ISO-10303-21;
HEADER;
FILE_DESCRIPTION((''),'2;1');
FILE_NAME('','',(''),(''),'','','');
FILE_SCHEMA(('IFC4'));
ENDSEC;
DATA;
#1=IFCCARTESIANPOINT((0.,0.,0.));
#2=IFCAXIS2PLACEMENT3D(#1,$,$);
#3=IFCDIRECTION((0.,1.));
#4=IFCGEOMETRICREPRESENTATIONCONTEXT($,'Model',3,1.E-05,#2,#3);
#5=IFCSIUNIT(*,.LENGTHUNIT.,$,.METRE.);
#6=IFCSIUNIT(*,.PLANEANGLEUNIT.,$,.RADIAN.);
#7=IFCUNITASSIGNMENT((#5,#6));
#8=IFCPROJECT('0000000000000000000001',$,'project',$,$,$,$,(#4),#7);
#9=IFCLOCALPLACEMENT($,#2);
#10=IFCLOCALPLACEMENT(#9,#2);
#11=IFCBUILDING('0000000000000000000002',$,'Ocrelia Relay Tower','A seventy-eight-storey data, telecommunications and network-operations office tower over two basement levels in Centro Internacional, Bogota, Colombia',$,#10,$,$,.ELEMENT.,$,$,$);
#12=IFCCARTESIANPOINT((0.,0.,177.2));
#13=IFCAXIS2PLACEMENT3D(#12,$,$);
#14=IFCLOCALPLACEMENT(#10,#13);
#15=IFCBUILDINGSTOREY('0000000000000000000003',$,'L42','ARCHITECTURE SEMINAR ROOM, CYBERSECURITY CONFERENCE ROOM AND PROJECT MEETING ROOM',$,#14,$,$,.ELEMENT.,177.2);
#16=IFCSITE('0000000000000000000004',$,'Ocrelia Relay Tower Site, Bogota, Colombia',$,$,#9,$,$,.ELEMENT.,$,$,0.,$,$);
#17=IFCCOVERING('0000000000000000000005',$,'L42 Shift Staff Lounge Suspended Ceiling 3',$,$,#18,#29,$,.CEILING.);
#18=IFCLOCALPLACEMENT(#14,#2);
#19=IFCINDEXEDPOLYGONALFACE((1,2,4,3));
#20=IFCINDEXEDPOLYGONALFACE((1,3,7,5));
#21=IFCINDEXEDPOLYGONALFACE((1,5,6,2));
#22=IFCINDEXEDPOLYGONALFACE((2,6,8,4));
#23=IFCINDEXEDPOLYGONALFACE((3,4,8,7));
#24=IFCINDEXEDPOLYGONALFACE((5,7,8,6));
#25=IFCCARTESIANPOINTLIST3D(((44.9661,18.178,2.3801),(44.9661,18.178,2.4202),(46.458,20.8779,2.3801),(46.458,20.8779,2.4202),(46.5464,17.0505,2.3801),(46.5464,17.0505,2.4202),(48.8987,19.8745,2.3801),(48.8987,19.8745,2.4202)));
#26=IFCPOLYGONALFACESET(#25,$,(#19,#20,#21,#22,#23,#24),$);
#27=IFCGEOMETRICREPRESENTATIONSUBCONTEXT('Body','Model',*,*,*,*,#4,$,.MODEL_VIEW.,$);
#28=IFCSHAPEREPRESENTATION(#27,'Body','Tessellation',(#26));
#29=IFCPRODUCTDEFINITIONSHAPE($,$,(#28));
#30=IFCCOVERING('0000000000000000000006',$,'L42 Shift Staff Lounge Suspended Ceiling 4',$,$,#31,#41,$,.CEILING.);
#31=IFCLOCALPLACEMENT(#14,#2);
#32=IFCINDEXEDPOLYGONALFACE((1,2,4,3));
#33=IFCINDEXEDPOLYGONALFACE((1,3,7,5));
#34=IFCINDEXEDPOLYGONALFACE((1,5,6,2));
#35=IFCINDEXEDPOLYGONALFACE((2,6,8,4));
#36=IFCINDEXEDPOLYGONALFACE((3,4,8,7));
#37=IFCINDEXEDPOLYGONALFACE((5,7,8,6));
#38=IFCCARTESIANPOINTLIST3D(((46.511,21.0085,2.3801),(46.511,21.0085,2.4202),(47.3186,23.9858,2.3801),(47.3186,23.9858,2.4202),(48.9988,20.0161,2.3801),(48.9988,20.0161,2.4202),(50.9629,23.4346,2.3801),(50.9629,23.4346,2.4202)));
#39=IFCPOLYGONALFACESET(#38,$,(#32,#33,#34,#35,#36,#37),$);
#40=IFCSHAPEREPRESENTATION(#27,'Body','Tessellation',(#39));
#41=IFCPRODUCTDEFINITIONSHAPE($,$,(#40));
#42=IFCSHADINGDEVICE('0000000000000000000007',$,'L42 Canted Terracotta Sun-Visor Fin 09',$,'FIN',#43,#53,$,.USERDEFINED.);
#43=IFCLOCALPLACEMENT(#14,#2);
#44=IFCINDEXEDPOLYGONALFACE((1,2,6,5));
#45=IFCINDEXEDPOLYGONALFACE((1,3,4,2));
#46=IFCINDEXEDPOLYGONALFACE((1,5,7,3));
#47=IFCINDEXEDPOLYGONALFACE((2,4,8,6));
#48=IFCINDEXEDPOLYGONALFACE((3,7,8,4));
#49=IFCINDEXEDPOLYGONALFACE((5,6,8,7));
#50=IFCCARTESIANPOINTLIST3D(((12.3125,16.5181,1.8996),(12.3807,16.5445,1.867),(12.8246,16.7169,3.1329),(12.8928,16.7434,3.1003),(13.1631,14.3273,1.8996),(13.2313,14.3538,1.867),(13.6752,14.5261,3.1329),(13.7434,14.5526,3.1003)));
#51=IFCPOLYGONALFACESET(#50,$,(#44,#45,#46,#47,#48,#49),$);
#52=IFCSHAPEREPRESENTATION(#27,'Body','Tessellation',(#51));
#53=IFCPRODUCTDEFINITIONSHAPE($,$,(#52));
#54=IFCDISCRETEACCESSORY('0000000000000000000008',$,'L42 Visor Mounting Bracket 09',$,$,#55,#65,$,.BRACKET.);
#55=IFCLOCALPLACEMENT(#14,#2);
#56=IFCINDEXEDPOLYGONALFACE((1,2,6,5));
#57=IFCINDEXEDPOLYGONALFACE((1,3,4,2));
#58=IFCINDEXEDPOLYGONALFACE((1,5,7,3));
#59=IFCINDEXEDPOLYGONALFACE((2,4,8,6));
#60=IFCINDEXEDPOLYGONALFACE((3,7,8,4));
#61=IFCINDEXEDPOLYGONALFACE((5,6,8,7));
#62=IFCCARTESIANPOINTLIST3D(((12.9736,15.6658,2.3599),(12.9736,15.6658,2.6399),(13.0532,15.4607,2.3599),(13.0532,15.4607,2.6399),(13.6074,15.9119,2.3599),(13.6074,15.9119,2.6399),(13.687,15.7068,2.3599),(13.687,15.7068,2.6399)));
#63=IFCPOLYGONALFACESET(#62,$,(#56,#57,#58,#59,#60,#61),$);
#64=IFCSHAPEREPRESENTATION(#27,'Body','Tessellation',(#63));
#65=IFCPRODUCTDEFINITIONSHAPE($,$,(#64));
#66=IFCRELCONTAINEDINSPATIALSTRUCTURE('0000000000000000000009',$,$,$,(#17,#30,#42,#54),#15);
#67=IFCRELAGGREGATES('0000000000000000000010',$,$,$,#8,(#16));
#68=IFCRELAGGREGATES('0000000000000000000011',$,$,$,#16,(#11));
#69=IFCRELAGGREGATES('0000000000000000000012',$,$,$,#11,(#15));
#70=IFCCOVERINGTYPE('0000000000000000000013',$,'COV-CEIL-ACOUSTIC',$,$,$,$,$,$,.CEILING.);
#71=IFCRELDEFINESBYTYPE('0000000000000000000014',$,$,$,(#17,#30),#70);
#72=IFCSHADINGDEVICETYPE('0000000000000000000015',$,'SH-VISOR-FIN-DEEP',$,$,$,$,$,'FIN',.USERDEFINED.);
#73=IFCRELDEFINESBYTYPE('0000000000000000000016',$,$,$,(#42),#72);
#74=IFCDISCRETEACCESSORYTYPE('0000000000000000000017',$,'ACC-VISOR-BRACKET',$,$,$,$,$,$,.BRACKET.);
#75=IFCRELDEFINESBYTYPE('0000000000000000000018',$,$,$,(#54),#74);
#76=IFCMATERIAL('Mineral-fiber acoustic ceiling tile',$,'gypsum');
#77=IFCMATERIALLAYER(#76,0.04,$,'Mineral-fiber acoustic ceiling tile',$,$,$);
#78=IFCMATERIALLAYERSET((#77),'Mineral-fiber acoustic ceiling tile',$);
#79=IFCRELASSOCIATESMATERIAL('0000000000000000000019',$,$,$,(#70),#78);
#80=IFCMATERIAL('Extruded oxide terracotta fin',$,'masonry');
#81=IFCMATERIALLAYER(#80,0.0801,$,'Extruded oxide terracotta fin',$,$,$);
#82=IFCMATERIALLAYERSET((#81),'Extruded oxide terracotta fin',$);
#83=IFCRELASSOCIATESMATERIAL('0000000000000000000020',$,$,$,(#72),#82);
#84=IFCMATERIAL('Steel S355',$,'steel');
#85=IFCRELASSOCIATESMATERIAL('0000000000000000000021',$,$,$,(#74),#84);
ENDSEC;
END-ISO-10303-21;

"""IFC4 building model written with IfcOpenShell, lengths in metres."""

from ifc_helpers import new_model, si_unit, direction, frame, origin, origin_2d, place, context, subcontext, project, spatial, polyline, rectangle, outline, extrude, material, layer, layer_set, type_object, element, save


model = new_model("IFC4")

# Units and contexts
model_context = context("Model", 3, precision=1e-05, world=origin(), true_north=direction((0.0, 1.0)))
body_context = subcontext(model_context, "Body", "Model", "MODEL_VIEW")
ifc_project = project(units=[si_unit("LENGTHUNIT", "METRE"), si_unit("PLANEANGLEUNIT", "RADIAN")], contexts=[model_context])

# Site, building, storey
site_placement = place(None, origin())
site = spatial("IfcSite", under=ifc_project, at=site_placement, Name="Ocrelia Relay Tower Site, Bogota, Colombia", CompositionType="ELEMENT", RefElevation=0.0)
building_placement = place(site_placement, origin())
building = spatial("IfcBuilding", under=site, at=building_placement, Name="Ocrelia Relay Tower", Description="A seventy-eight-storey data, telecommunications and network-operations office tower over two basement levels in Centro Internacional, Bogota, Colombia", CompositionType="ELEMENT")
storey_placement = place(building_placement, frame((0.0, 0.0, 177.2)))
storey = spatial("IfcBuildingStorey", under=building, at=storey_placement, Name="L42", Description="ARCHITECTURE SEMINAR ROOM, CYBERSECURITY CONFERENCE ROOM AND PROJECT MEETING ROOM", CompositionType="ELEMENT", Elevation=177.2)

# Coverings
ifc_material_1 = material(Name="Mineral-fiber acoustic ceiling tile", Category="gypsum")
ifc_layer_1 = layer(ifc_material_1, 0.04, Name="Mineral-fiber acoustic ceiling tile")
ifc_layer_set_1 = layer_set([ifc_layer_1], Name="Mineral-fiber acoustic ceiling tile")
covering_type = type_object("IfcCoveringType", Name="COV-CEIL-ACOUSTIC", PredefinedType="CEILING", material=ifc_layer_set_1)
covering_1_placement = place(storey_placement, frame((0.0, 0.0, 2.3801)))
element("IfcCovering", 1, at=covering_1_placement, inside=storey, type_object=covering_type, Name="L42 Shift Staff Lounge Suspended Ceiling 3", PredefinedType="CEILING", context=body_context, shape_type="SweptSolid", body=[
    extrude(outline(polyline([(44.9661, 18.178), (46.5464, 17.0505), (48.8987, 19.8745), (46.458, 20.8779), (44.9661, 18.178)])), origin(), (0.0, 0.0, 1.0), 0.04),
])
covering_2_placement = place(storey_placement, frame((0.0, 0.0, 2.3801)))
element("IfcCovering", 2, at=covering_2_placement, inside=storey, type_object=covering_type, Name="L42 Shift Staff Lounge Suspended Ceiling 4", PredefinedType="CEILING", context=body_context, shape_type="SweptSolid", body=[
    extrude(outline(polyline([(46.511, 21.0085), (48.9988, 20.0161), (50.9629, 23.4346), (47.3186, 23.9858), (46.511, 21.0085)])), origin(), (0.0, 0.0, 1.0), 0.04),
])

# Shading device
ifc_material_2 = material(Name="Extruded oxide terracotta fin", Category="masonry")
ifc_layer_2 = layer(ifc_material_2, 0.0801, Name="Extruded oxide terracotta fin")
ifc_layer_set_2 = layer_set([ifc_layer_2], Name="Extruded oxide terracotta fin")
shading_device_type = type_object("IfcShadingDeviceType", Name="SH-VISOR-FIN-DEEP", ElementType="FIN", PredefinedType="USERDEFINED", material=ifc_layer_set_2)
shading_device_placement = place(storey_placement, frame((13.062, 15.5486, 2.4836), z_axis=(-0.851541, -0.330625, 0.406896), x_axis=(0.361942, -0.9322, 0.0)))
element("IfcShadingDevice", 3, at=shading_device_placement, inside=storey, type_object=shading_device_type, Name="L42 Canted Terracotta Sun-Visor Fin 09", ObjectType="FIN", PredefinedType="USERDEFINED", context=body_context, shape_type="SweptSolid", body=[
    extrude(rectangle(XDim=2.3501, YDim=1.3501, at=origin_2d()), origin(), (0.0, 0.0, 1.0), 0.0801),
])

# Discrete accessory
ifc_material_3 = material(Name="Steel S355", Category="steel")
discrete_accessory_type = type_object("IfcDiscreteAccessoryType", Name="ACC-VISOR-BRACKET", PredefinedType="BRACKET", material=ifc_material_3)
discrete_accessory_placement = place(storey_placement, frame((13.3303, 15.6863, 2.3599), z_axis=(0.0, 0.0, 1.0), x_axis=(0.361942, -0.9322, 0.0)))
element("IfcDiscreteAccessory", 4, at=discrete_accessory_placement, inside=storey, type_object=discrete_accessory_type, Name="L42 Visor Mounting Bracket 09", PredefinedType="BRACKET", context=body_context, shape_type="SweptSolid", body=[
    extrude(rectangle(XDim=0.22, YDim=0.6799, at=origin_2d()), origin(), (0.0, 0.0, 1.0), 0.28),
])

save(model, "model.ifc")
